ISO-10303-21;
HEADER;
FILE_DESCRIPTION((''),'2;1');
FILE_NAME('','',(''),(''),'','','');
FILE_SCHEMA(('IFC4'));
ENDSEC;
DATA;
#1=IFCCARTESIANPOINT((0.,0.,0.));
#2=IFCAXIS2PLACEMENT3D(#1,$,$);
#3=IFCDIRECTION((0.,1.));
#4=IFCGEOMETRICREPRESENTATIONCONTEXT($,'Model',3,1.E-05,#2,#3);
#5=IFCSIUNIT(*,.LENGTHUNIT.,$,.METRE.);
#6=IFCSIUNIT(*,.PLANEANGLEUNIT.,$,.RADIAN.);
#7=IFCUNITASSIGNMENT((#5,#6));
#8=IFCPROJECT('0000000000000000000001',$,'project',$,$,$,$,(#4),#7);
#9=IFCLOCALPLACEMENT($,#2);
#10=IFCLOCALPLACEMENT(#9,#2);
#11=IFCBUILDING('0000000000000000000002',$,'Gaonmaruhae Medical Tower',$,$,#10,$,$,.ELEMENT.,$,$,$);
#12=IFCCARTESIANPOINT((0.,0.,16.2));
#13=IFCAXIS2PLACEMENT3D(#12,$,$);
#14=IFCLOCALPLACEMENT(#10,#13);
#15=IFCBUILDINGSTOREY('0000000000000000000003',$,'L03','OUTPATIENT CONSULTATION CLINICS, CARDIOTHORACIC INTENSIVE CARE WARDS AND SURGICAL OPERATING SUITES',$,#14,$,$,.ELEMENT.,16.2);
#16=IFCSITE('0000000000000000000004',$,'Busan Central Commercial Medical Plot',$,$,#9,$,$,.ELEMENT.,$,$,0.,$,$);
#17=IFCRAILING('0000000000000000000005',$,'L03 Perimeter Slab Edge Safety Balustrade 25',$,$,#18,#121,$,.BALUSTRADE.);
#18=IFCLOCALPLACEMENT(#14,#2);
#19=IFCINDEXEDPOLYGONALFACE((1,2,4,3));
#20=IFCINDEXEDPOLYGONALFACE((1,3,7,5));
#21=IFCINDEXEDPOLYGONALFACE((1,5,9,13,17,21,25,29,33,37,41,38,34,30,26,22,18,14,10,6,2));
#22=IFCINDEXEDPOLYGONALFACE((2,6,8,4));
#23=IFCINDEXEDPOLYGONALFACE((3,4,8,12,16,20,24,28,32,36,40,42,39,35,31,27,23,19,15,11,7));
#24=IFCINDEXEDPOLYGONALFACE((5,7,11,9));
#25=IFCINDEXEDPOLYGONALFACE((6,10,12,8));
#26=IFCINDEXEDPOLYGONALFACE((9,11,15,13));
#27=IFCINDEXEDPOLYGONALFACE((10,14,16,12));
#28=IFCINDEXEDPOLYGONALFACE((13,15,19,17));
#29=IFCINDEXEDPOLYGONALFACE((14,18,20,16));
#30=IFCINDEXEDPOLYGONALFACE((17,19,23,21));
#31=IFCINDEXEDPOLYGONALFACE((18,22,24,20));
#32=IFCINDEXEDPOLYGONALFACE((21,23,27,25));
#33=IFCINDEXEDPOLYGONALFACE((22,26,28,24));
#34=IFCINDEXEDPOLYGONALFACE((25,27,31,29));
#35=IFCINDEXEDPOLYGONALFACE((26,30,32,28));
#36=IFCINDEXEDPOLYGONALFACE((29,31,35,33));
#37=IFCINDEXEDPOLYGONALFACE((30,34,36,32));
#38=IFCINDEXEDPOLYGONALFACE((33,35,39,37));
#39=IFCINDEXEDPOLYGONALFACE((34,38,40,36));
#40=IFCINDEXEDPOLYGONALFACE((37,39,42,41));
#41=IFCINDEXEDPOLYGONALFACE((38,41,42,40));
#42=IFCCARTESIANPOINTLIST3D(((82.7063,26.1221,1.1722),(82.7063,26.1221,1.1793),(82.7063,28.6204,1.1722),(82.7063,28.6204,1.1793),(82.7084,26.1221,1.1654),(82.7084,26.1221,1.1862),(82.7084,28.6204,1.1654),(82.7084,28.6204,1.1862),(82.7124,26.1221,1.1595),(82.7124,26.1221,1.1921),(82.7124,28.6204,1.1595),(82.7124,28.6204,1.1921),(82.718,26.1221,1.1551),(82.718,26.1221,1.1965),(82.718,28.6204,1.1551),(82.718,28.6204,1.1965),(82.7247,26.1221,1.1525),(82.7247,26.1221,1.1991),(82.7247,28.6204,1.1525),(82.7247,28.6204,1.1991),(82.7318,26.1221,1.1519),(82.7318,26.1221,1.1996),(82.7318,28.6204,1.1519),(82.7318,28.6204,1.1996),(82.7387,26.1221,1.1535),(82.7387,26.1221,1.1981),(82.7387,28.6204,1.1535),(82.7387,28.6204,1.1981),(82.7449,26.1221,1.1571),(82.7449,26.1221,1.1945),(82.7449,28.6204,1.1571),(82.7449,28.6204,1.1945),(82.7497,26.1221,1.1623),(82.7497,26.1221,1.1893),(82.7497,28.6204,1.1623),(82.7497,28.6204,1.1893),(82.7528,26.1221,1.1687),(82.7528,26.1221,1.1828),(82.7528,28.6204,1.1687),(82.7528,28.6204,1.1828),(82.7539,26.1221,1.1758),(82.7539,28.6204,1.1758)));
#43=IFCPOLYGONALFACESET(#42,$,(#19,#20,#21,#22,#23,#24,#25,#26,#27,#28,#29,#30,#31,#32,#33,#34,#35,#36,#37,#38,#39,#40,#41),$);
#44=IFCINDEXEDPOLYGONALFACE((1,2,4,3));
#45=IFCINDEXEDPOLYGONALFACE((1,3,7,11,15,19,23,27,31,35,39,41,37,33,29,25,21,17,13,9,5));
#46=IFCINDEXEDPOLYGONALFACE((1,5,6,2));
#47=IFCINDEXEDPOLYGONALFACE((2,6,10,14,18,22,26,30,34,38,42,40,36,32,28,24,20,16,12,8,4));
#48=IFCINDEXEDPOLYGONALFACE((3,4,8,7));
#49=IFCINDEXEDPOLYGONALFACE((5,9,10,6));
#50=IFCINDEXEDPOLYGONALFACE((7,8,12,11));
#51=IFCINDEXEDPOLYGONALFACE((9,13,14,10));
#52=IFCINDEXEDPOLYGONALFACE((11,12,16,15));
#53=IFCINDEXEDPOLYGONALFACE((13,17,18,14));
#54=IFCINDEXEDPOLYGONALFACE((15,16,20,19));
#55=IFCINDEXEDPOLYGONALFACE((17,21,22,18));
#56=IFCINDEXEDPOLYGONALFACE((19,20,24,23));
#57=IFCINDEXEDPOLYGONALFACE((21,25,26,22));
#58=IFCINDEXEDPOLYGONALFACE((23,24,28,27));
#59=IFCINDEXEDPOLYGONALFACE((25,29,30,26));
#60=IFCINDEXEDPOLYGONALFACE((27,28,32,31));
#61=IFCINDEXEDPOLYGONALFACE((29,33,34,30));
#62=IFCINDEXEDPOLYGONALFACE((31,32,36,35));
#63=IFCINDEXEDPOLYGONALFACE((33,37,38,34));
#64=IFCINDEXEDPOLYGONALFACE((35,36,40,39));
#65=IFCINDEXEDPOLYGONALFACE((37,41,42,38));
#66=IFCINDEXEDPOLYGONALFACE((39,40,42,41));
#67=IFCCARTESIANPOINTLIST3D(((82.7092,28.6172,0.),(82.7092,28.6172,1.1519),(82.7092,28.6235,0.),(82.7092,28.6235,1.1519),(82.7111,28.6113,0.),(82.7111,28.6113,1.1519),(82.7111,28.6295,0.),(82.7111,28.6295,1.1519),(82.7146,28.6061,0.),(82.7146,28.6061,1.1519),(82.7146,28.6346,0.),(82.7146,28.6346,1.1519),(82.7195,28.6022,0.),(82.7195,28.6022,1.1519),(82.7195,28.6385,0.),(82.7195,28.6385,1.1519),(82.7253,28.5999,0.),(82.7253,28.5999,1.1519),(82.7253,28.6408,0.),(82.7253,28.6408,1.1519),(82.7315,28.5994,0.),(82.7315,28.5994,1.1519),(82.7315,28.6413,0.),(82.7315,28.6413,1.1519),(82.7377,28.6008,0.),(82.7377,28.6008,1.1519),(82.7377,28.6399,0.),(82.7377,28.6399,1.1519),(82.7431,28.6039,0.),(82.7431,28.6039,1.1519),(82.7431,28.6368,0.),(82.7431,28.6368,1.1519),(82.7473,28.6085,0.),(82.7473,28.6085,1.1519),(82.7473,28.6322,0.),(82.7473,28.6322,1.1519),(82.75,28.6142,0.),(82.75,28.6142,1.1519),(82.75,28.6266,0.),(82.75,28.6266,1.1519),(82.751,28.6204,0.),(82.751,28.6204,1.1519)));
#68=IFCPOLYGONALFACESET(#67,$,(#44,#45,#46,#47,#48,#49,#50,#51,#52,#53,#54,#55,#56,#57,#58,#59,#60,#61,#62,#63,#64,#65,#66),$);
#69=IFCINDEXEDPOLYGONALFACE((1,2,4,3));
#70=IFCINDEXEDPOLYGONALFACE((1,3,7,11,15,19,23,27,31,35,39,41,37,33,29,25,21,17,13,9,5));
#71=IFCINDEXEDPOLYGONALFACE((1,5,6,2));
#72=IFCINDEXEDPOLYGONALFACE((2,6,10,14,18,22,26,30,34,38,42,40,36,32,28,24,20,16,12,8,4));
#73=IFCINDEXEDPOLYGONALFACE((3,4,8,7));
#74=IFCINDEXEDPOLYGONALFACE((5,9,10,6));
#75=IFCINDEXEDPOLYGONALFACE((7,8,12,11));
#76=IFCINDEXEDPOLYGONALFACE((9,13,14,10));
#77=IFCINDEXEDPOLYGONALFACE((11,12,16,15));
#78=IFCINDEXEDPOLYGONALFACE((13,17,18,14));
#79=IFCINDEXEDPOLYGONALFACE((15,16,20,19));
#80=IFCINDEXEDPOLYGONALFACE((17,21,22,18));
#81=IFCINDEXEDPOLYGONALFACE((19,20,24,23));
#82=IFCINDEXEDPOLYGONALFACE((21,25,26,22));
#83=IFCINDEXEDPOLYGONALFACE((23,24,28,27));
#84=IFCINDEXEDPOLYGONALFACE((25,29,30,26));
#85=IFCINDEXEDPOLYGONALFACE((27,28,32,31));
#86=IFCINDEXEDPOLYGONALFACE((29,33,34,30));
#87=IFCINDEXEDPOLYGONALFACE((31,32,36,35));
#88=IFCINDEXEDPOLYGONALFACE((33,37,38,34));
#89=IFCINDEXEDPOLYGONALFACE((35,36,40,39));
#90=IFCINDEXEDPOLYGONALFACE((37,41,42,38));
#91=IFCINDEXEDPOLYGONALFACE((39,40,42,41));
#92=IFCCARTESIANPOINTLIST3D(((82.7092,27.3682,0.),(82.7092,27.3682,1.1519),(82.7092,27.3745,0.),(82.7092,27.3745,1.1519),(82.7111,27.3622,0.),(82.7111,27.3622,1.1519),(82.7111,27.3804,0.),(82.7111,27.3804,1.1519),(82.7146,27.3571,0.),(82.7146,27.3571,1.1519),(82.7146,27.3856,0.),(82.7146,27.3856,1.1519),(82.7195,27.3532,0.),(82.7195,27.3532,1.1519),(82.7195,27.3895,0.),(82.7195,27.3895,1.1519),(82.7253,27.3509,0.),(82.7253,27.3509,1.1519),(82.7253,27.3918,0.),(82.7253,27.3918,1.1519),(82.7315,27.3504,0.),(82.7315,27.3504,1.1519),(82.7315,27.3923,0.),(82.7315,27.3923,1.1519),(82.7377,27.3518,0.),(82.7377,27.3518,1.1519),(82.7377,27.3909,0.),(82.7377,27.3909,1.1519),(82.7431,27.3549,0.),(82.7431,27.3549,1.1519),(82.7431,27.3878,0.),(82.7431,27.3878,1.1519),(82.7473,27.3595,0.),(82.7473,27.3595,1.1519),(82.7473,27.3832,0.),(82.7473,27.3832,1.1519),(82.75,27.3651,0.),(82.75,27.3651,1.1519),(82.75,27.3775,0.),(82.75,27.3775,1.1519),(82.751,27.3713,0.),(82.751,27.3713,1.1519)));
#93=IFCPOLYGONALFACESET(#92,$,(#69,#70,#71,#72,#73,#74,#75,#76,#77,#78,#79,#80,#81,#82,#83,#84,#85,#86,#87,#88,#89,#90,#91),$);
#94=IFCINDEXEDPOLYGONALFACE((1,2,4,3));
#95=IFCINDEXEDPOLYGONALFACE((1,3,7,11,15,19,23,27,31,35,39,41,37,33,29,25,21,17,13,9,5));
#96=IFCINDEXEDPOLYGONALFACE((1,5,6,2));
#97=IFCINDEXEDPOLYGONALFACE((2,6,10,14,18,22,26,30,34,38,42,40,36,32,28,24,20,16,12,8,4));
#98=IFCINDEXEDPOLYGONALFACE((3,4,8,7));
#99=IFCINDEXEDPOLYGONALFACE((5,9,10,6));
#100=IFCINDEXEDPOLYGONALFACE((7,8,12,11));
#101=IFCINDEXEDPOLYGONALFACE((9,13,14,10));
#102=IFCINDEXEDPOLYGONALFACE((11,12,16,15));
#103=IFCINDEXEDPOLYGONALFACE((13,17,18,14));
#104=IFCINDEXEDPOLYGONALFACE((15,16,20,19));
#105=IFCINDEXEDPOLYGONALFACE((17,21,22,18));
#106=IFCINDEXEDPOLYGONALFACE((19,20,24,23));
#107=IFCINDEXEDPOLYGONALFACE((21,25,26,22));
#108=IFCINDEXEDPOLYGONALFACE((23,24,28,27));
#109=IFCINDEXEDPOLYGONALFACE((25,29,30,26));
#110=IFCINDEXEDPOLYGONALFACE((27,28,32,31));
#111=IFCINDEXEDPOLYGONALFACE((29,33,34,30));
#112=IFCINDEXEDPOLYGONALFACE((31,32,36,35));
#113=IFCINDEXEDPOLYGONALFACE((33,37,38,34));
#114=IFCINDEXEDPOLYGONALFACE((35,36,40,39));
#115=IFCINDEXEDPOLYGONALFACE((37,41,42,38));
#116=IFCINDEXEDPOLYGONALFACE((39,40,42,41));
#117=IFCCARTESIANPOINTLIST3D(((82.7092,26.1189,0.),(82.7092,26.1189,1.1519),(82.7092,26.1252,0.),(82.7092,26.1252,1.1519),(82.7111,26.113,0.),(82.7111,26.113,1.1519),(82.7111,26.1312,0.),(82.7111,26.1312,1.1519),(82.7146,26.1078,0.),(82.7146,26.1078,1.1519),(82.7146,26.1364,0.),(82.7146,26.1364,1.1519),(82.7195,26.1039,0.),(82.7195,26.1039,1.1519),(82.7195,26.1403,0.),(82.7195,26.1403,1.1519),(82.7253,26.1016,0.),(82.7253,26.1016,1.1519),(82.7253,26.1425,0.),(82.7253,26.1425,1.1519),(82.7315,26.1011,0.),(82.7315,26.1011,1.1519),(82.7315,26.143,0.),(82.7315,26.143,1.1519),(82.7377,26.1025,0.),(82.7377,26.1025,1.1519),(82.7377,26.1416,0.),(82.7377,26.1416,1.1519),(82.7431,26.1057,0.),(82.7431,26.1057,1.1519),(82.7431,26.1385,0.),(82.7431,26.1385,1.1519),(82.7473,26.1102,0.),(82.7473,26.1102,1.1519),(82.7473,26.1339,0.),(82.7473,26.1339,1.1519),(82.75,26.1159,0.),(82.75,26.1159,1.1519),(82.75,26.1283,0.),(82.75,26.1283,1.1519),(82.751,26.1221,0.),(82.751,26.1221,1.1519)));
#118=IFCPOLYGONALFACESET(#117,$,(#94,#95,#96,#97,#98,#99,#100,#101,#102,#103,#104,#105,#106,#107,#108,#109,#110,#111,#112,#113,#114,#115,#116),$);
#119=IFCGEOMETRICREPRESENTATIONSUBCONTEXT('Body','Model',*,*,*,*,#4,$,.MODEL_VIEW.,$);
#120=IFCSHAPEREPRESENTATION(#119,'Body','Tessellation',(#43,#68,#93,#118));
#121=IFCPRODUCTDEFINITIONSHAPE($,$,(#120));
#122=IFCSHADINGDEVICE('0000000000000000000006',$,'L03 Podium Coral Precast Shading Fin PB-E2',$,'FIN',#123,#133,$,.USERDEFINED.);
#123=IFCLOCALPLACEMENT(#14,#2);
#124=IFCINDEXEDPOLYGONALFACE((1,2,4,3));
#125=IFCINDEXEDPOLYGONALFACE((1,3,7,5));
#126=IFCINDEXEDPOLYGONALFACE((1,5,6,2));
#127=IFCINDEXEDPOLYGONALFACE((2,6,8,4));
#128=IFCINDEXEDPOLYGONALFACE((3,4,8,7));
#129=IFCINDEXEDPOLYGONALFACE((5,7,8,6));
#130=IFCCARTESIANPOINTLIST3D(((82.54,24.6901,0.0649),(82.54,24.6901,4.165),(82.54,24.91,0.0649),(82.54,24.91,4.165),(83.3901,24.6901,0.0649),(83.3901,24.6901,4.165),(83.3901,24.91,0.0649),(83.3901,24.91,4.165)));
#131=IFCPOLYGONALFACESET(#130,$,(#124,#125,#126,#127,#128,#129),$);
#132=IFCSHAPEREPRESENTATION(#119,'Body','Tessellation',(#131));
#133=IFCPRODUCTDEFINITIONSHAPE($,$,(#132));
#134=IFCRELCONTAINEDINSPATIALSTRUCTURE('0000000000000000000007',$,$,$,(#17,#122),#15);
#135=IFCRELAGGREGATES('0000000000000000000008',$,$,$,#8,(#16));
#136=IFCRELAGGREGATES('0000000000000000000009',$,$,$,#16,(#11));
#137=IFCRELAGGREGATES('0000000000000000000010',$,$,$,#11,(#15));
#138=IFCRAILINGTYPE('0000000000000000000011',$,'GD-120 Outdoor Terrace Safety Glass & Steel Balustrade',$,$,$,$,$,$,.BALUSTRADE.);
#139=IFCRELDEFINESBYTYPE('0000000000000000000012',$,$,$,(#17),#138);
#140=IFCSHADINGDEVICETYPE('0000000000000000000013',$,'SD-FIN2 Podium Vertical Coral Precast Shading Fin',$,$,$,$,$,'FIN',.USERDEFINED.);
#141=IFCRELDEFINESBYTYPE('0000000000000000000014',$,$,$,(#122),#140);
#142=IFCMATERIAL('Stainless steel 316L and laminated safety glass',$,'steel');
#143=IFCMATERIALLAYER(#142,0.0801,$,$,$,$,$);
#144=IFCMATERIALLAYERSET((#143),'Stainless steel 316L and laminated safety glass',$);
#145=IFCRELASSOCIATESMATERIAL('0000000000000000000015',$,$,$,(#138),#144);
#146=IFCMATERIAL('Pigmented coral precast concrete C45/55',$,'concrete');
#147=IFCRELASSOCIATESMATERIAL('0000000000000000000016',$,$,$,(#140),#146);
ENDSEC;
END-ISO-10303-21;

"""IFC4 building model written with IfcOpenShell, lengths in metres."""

from ifc_helpers import new_model, si_unit, direction, frame, origin, origin_2d, place, context, subcontext, project, spatial, rectangle, circle, extrude, material, layer, layer_set, type_object, element, save


model = new_model("IFC4")

# Units and contexts
model_context = context("Model", 3, precision=1e-05, world=origin(), true_north=direction((0.0, 1.0)))
body_context = subcontext(model_context, "Body", "Model", "MODEL_VIEW")
ifc_project = project(units=[si_unit("LENGTHUNIT", "METRE"), si_unit("PLANEANGLEUNIT", "RADIAN")], contexts=[model_context])

# Site, building, storey
site_placement = place(None, origin())
site = spatial("IfcSite", under=ifc_project, at=site_placement, Name="Busan Central Commercial Medical Plot", CompositionType="ELEMENT", RefElevation=0.0)
building_placement = place(site_placement, origin())
building = spatial("IfcBuilding", under=site, at=building_placement, Name="Gaonmaruhae Medical Tower", CompositionType="ELEMENT")
storey_placement = place(building_placement, frame((0.0, 0.0, 16.2)))
storey = spatial("IfcBuildingStorey", under=building, at=storey_placement, Name="L03", Description="OUTPATIENT CONSULTATION CLINICS, CARDIOTHORACIC INTENSIVE CARE WARDS AND SURGICAL OPERATING SUITES", CompositionType="ELEMENT", Elevation=16.2)

# Railing
ifc_material_1 = material(Name="Stainless steel 316L and laminated safety glass", Category="steel")
ifc_layer_1 = layer(ifc_material_1, 0.0801)
ifc_layer_set_1 = layer_set([ifc_layer_1], Name="Stainless steel 316L and laminated safety glass")
railing_type = type_object("IfcRailingType", Name="GD-120 Outdoor Terrace Safety Glass & Steel Balustrade", PredefinedType="BALUSTRADE", material=ifc_layer_set_1)
railing_1_placement = place(storey_placement, frame((82.73, 28.6204, 0.0)))
element("IfcRailing", 1, at=railing_1_placement, inside=storey, type_object=railing_type, Name="L03 Perimeter Slab Edge Safety Balustrade 25", PredefinedType="BALUSTRADE", context=body_context, shape_type="SweptSolid", body=[
    extrude(circle(Radius=0.0239, at=origin_2d()), frame((0.0, 0.0, 1.1758), z_axis=(0.0, -1.0, 0.0), x_axis=(1.0, 0.0, 0.0)), (0.0, 0.0, 1.0), 2.4983),
    extrude(circle(Radius=0.021, at=origin_2d()), origin(), (0.0, 0.0, 1.0), 1.1519),
    extrude(circle(Radius=0.021, at=origin_2d()), frame((0.0, -1.249, 0.0)), (0.0, 0.0, 1.0), 1.1519),
    extrude(circle(Radius=0.021, at=origin_2d()), frame((0.0, -2.4983, 0.0)), (0.0, 0.0, 1.0), 1.1519),
])

# Shading device
ifc_material_2 = material(Name="Pigmented coral precast concrete C45/55", Category="concrete")
shading_device_type = type_object("IfcShadingDeviceType", Name="SD-FIN2 Podium Vertical Coral Precast Shading Fin", ElementType="FIN", PredefinedType="USERDEFINED", material=ifc_material_2)
shading_device_placement = place(storey_placement, frame((82.9651, 24.8, 0.0649), z_axis=(0.0, 0.0, 1.0), x_axis=(0.0, -1.0, 0.0)))
element("IfcShadingDevice", 2, at=shading_device_placement, inside=storey, type_object=shading_device_type, Name="L03 Podium Coral Precast Shading Fin PB-E2", ObjectType="FIN", PredefinedType="USERDEFINED", context=body_context, shape_type="SweptSolid", body=[
    extrude(rectangle(XDim=0.22, YDim=0.8501, at=origin_2d()), origin(), (0.0, 0.0, 1.0), 4.1001),
])

save(model, "model.ifc")
